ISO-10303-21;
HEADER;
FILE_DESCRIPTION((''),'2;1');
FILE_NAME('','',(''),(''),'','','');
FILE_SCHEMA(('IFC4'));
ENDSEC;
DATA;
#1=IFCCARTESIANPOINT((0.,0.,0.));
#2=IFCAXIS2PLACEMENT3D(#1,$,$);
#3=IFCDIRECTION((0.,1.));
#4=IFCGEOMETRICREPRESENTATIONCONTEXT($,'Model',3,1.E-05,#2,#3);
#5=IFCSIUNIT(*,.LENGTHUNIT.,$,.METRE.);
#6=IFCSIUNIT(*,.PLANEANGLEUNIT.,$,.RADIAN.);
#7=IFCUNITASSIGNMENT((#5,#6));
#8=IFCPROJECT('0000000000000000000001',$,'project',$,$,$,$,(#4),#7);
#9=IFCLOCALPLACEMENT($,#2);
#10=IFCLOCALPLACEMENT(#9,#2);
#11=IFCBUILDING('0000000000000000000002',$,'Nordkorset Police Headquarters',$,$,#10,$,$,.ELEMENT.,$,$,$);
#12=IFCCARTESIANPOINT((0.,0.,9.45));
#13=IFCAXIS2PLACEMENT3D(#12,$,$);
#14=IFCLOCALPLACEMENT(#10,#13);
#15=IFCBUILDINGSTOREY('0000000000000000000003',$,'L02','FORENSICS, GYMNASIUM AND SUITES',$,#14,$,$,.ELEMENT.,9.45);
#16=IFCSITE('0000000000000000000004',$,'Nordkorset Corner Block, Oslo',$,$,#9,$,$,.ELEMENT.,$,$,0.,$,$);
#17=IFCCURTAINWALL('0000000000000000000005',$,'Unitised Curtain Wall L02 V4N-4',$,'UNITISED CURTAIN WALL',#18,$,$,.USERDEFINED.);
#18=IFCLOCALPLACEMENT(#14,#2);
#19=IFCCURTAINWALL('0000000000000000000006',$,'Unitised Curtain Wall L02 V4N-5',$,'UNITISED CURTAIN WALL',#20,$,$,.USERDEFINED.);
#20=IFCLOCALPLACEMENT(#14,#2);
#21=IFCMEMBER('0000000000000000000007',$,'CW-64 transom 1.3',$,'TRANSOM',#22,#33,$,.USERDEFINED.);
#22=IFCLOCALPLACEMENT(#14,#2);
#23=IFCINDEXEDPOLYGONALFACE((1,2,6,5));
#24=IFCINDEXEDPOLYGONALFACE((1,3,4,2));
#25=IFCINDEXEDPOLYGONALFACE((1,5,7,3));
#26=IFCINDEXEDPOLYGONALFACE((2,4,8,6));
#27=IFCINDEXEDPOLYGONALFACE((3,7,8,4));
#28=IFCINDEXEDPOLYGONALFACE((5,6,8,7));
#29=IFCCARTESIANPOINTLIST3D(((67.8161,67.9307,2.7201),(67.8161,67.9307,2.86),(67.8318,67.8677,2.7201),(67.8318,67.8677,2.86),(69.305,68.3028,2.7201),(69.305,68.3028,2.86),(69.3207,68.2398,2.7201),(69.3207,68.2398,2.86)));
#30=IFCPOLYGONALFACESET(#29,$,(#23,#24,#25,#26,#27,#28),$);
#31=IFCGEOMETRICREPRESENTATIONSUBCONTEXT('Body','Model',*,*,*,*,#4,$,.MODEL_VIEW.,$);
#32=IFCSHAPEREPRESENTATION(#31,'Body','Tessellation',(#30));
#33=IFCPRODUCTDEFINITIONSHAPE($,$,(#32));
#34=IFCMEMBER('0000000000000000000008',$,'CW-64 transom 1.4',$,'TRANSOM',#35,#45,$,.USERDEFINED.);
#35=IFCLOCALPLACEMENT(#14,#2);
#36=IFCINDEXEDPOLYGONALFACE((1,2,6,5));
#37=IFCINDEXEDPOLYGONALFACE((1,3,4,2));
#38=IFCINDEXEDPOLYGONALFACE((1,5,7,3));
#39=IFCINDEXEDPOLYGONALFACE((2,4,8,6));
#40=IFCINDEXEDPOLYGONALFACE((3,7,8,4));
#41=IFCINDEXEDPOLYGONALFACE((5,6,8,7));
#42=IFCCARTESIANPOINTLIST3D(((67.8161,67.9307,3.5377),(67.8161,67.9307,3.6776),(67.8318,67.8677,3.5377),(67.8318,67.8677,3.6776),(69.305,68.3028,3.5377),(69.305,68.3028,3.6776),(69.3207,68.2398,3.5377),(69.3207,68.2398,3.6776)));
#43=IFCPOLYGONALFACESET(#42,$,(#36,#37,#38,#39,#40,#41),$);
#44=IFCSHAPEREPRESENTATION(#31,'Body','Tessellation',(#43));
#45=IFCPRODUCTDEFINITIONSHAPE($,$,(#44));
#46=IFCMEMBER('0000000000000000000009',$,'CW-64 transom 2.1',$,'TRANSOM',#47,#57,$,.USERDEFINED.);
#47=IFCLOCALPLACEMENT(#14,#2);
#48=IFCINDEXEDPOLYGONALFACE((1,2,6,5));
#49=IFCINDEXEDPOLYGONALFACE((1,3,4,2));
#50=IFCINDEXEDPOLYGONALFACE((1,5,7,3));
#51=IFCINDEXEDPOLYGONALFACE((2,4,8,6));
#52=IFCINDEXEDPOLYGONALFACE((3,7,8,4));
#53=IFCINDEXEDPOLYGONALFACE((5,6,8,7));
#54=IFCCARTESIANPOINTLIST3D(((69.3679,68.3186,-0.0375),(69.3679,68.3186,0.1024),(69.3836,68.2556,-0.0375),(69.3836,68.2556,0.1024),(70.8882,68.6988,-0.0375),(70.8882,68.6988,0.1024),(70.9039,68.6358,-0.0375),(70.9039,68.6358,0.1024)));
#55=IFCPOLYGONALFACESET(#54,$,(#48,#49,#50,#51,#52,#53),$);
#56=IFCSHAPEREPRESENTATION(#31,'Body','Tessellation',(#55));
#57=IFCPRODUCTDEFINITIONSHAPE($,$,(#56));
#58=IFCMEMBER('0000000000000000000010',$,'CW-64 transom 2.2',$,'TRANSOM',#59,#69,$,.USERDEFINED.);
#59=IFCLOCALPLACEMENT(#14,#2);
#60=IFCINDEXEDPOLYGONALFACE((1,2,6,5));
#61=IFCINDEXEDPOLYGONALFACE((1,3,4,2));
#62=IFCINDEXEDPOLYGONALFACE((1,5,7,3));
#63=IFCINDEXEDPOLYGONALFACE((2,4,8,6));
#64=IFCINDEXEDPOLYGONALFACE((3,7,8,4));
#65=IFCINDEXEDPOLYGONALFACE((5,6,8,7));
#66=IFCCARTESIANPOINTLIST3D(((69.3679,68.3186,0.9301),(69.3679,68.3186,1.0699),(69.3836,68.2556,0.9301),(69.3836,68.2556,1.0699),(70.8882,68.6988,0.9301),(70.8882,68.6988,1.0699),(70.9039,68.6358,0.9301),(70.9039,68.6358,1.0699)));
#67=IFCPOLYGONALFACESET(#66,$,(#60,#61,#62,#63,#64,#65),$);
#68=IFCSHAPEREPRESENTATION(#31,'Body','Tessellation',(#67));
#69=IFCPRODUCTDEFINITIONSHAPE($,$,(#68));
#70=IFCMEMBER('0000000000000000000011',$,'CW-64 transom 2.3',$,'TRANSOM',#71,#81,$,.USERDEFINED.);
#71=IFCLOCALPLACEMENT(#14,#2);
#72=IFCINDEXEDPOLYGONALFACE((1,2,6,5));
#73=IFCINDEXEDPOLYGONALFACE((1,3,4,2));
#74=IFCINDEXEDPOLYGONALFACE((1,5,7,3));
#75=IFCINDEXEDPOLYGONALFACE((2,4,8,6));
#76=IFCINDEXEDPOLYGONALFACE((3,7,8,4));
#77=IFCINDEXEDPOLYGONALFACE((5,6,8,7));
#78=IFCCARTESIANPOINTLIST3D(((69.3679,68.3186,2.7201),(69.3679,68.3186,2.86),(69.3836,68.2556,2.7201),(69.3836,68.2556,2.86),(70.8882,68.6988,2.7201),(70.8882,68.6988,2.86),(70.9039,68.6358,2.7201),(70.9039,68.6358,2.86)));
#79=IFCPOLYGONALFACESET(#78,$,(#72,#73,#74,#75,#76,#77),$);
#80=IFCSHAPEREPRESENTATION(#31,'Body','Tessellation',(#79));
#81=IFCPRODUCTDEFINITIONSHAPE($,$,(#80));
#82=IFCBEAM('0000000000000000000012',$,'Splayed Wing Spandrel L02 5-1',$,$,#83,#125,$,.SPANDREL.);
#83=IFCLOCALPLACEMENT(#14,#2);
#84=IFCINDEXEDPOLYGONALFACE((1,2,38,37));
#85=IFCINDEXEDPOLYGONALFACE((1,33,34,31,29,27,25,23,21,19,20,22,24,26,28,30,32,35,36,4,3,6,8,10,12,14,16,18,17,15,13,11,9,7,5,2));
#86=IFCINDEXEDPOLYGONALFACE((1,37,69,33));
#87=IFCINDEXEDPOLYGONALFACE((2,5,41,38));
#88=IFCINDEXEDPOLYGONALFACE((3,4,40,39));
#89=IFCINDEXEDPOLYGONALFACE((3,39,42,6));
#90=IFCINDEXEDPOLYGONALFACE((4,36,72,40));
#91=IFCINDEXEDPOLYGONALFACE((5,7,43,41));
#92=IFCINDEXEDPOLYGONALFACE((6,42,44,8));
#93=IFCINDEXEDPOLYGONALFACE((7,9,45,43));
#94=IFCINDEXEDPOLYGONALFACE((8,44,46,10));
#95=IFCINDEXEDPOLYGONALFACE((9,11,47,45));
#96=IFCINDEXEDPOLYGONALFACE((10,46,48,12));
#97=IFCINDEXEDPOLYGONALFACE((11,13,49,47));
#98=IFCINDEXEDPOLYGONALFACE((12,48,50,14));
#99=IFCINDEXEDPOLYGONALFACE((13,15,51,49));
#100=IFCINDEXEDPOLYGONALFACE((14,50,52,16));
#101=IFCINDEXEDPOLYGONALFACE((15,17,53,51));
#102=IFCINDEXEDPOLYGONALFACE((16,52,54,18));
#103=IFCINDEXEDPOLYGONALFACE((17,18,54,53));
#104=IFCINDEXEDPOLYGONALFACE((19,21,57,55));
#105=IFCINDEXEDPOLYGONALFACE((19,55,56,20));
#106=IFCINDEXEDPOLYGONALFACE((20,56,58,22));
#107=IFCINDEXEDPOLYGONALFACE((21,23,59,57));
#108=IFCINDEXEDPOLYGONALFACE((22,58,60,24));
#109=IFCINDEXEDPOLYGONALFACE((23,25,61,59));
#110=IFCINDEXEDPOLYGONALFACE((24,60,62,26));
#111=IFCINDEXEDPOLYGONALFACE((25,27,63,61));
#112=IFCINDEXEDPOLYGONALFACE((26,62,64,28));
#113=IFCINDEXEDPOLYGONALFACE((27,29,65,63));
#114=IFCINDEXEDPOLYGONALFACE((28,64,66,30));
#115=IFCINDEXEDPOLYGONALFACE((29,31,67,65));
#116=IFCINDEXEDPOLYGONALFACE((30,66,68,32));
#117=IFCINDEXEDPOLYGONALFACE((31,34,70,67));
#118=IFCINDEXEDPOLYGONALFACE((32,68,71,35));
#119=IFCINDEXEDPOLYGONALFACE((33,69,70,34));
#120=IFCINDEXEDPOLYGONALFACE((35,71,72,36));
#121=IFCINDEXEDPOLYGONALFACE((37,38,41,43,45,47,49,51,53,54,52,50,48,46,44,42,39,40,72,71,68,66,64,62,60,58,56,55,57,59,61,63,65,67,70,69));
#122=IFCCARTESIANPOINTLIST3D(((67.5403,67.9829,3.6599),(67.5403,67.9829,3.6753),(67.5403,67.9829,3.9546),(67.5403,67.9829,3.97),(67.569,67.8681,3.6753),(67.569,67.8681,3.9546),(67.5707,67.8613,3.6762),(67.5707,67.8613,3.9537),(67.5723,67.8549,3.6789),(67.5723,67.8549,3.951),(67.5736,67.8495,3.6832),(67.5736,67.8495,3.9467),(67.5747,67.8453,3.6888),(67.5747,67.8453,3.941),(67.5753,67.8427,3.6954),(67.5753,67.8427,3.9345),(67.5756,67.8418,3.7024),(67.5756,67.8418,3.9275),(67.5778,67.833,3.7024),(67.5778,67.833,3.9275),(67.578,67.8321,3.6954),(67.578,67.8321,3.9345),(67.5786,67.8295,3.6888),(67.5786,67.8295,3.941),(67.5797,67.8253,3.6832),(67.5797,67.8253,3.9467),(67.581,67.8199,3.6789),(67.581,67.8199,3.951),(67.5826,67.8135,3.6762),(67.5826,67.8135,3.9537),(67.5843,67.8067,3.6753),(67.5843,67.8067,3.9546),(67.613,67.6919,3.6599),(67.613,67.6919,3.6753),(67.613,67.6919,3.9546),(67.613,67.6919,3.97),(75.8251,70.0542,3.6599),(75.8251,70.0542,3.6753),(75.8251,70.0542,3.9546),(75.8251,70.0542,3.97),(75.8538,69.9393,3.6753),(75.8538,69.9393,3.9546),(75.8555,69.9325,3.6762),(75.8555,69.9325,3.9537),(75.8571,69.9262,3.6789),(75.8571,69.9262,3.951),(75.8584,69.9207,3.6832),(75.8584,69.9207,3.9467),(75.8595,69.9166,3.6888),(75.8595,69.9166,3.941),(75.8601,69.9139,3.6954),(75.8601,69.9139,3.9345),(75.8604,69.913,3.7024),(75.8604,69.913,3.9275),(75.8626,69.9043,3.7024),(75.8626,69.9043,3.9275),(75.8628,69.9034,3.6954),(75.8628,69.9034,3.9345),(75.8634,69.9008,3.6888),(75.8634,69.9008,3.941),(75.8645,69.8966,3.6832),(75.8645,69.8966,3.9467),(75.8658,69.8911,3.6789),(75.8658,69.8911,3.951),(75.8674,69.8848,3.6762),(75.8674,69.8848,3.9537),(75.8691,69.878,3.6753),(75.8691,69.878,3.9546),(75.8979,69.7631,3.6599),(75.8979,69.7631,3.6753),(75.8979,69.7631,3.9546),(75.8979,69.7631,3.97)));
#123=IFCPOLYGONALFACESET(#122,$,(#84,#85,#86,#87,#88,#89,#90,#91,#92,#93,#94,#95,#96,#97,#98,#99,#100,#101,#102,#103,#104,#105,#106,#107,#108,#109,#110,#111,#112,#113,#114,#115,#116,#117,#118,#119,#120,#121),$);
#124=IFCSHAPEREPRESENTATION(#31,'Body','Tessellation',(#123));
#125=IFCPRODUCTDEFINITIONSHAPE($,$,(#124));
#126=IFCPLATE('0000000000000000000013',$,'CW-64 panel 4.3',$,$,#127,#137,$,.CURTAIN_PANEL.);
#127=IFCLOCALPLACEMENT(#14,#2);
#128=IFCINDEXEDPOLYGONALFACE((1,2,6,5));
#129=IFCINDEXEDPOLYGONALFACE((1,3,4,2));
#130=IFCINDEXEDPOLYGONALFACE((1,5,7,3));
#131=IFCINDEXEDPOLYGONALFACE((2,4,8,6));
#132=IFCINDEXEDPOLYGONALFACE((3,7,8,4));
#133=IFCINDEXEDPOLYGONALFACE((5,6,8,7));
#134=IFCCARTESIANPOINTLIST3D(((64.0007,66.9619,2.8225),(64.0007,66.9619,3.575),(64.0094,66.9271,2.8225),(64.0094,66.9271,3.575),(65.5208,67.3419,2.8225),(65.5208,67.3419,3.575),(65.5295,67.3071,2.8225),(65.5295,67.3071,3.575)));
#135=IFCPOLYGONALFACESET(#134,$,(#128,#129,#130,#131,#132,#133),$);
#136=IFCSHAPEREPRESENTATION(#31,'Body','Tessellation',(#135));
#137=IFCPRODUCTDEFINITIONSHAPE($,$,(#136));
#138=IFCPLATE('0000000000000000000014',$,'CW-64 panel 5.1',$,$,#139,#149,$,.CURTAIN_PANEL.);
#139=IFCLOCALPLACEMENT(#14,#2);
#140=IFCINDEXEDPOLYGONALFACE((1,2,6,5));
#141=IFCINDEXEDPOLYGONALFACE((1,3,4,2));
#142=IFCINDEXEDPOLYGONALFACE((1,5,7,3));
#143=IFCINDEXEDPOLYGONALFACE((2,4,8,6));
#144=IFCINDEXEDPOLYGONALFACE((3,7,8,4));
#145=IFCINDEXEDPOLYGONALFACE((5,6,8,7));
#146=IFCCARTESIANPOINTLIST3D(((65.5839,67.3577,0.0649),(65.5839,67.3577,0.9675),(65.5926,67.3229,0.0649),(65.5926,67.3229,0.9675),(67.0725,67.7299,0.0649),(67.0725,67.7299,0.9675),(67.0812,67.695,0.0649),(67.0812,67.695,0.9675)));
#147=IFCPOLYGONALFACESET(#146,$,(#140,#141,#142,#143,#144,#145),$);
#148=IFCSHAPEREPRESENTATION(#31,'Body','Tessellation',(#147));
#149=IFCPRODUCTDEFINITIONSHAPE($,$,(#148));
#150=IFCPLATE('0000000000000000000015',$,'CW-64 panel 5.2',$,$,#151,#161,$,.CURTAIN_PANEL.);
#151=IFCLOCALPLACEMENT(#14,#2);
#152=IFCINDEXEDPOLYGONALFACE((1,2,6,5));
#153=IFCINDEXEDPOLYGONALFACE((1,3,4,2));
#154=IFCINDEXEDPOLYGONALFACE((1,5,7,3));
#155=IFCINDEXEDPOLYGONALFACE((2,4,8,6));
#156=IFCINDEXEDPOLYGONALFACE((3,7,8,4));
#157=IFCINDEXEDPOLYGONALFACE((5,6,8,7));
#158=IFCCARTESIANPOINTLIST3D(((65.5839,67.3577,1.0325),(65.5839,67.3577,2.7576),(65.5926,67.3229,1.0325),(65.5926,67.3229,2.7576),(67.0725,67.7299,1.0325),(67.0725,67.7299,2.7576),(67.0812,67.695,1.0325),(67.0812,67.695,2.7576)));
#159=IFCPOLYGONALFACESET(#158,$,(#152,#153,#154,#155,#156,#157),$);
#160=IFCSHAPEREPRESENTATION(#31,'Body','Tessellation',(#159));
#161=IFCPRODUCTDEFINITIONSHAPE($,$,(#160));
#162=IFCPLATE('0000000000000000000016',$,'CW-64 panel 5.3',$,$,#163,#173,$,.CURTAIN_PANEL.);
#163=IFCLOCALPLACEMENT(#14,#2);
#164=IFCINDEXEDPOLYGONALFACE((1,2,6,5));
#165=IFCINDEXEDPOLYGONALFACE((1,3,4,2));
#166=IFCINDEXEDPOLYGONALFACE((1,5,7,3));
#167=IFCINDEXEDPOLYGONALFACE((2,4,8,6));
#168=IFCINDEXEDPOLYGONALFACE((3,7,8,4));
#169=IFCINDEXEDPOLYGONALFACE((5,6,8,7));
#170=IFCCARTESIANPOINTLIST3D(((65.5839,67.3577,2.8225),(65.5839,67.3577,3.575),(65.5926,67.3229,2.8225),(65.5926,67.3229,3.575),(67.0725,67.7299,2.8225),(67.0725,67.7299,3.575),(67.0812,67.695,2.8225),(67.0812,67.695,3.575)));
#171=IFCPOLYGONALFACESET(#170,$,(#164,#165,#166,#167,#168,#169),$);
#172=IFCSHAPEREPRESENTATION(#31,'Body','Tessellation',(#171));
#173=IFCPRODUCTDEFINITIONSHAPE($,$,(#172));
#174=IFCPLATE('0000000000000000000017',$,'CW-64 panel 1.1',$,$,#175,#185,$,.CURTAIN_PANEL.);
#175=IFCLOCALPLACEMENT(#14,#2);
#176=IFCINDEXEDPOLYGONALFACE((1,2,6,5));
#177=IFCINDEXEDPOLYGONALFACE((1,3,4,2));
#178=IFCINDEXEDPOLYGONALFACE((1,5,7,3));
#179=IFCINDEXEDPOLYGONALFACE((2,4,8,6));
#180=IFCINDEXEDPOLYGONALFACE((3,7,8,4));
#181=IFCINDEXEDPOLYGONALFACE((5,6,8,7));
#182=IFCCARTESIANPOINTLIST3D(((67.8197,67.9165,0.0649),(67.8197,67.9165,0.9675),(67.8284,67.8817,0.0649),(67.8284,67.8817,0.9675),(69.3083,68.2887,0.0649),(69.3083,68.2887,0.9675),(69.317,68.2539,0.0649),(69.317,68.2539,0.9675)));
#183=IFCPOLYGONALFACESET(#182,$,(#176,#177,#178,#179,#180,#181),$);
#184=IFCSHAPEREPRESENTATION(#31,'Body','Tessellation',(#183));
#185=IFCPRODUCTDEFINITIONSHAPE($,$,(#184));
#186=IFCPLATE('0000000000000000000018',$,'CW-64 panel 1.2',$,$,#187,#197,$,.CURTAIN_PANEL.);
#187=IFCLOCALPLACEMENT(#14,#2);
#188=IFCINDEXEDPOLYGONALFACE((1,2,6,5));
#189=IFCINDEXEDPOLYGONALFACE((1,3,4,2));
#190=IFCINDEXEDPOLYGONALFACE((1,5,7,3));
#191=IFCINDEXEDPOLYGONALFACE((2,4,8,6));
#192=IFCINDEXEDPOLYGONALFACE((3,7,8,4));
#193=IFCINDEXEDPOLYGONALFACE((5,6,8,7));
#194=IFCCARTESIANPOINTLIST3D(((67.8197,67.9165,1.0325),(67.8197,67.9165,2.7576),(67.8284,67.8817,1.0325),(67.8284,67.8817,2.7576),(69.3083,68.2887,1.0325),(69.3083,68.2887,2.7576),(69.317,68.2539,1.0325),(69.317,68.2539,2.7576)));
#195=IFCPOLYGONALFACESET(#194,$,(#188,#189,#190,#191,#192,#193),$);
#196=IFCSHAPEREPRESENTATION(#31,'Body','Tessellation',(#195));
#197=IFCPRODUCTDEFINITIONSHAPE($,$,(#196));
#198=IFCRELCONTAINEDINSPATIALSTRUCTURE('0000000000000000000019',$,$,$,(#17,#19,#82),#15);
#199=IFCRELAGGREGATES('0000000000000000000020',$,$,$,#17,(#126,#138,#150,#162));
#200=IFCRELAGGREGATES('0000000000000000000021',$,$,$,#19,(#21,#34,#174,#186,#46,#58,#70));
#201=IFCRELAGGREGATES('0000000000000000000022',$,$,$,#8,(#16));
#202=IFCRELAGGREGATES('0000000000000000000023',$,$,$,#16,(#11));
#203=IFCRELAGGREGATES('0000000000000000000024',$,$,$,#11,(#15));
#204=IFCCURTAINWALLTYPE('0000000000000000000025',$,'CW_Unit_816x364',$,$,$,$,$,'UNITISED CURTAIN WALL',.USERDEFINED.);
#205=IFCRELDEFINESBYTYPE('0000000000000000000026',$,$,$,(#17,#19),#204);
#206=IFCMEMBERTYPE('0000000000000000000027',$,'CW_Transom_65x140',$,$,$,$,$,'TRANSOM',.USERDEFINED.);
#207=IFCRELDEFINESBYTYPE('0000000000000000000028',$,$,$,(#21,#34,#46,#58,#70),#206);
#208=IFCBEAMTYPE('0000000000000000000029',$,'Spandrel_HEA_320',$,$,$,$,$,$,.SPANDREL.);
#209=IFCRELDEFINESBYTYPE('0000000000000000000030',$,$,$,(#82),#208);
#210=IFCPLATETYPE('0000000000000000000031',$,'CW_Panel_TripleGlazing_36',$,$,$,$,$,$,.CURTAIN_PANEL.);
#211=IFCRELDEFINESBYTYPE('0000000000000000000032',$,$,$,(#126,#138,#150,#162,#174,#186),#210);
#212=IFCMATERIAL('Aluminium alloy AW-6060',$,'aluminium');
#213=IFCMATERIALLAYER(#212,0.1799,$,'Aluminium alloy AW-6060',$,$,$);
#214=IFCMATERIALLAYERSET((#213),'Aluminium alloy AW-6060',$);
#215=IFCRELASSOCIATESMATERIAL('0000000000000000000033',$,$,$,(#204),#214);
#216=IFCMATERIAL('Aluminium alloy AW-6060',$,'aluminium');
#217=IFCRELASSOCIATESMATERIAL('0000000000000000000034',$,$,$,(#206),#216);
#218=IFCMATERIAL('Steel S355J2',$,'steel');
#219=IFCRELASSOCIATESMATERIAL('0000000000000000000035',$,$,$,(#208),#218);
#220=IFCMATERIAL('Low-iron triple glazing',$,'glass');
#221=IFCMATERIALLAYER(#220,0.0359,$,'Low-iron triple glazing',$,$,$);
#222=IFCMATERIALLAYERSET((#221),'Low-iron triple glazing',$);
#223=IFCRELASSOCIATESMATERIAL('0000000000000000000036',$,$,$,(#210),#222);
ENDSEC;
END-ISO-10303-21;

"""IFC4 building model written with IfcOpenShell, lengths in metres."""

from ifc_helpers import new_model, si_unit, direction, frame, origin, origin_2d, place, context, subcontext, project, spatial, rectangle, i_section, extrude, material, layer, layer_set, material_profile, profile_set, type_object, element, aggregate, save


model = new_model("IFC4")

# Units and contexts
model_context = context("Model", 3, precision=1e-05, world=origin(), true_north=direction((0.0, 1.0)))
body_context = subcontext(model_context, "Body", "Model", "MODEL_VIEW")
ifc_project = project(units=[si_unit("LENGTHUNIT", "METRE"), si_unit("PLANEANGLEUNIT", "RADIAN")], contexts=[model_context])

# Site, building, storey
site_placement = place(None, origin())
site = spatial("IfcSite", under=ifc_project, at=site_placement, Name="Nordkorset Corner Block, Oslo", CompositionType="ELEMENT", RefElevation=0.0)
building_placement = place(site_placement, origin())
building = spatial("IfcBuilding", under=site, at=building_placement, Name="Nordkorset Police Headquarters", CompositionType="ELEMENT")
storey_placement = place(building_placement, frame((0.0, 0.0, 9.45)))
storey = spatial("IfcBuildingStorey", under=building, at=storey_placement, Name="L02", Description="FORENSICS, GYMNASIUM AND SUITES", CompositionType="ELEMENT", Elevation=9.45)

# Curtain walls
ifc_material_1 = material(Name="Aluminium alloy AW-6060", Category="aluminium")
ifc_layer_1 = layer(ifc_material_1, 0.1799, Name="Aluminium alloy AW-6060")
ifc_layer_set_1 = layer_set([ifc_layer_1], Name="Aluminium alloy AW-6060")
curtain_wall_type = type_object("IfcCurtainWallType", Name="CW_Unit_816x364", ElementType="UNITISED CURTAIN WALL", PredefinedType="USERDEFINED", material=ifc_layer_set_1)
curtain_wall_1_placement = place(storey_placement, origin())
curtain_wall_1 = element("IfcCurtainWall", 1, at=curtain_wall_1_placement, inside=storey, type_object=curtain_wall_type, Name="Unitised Curtain Wall L02 V4N-4", ObjectType="UNITISED CURTAIN WALL", PredefinedType="USERDEFINED")
curtain_wall_2_placement = place(storey_placement, origin())
curtain_wall_2 = element("IfcCurtainWall", 2, at=curtain_wall_2_placement, inside=storey, type_object=curtain_wall_type, Name="Unitised Curtain Wall L02 V4N-5", ObjectType="UNITISED CURTAIN WALL", PredefinedType="USERDEFINED")

# Members
ifc_material_2 = material(Name="Aluminium alloy AW-6060", Category="aluminium")
ifc_material_profile_1 = material_profile(ifc_material_2, rectangle(XDim=0.0649, YDim=0.1399, at=origin_2d()), Name="ALU TRAN 65x140")
ifc_profile_set_1 = profile_set([ifc_material_profile_1], Name="Aluminium alloy AW-6060")
member_type_1 = type_object("IfcMemberType", Name="CW_Transom_65x140", ElementType="TRANSOM", PredefinedType="USERDEFINED", material=ifc_profile_set_1)
member_1_placement = place(storey_placement, frame((67.824, 67.8992, 2.79), z_axis=(0.970161, 0.242461, 0.0), x_axis=(-0.242461, 0.970161, 0.0)))
member_1 = element("IfcMember", 3, at=member_1_placement, type_object=member_type_1, Name="CW-64 transom 1.3", ObjectType="TRANSOM", PredefinedType="USERDEFINED", context=body_context, shape_type="SweptSolid", body=[
    extrude(rectangle(XDim=0.0649, YDim=0.1399, at=origin_2d()), origin(), (0.0, 0.0, 1.0), 1.5347),
])
member_2_placement = place(storey_placement, frame((67.824, 67.8992, 3.6077), z_axis=(0.970161, 0.242461, 0.0), x_axis=(-0.242461, 0.970161, 0.0)))
member_2 = element("IfcMember", 4, at=member_2_placement, type_object=member_type_1, Name="CW-64 transom 1.4", ObjectType="TRANSOM", PredefinedType="USERDEFINED", context=body_context, shape_type="SweptSolid", body=[
    extrude(rectangle(XDim=0.0649, YDim=0.1399, at=origin_2d()), origin(), (0.0, 0.0, 1.0), 1.5347),
])
member_3_placement = place(storey_placement, frame((69.3757, 68.2871, 0.0325), z_axis=(0.970133, 0.242572, 0.0), x_axis=(-0.242572, 0.970133, 0.0)))
member_3 = element("IfcMember", 5, at=member_3_placement, type_object=member_type_1, Name="CW-64 transom 2.1", ObjectType="TRANSOM", PredefinedType="USERDEFINED", context=body_context, shape_type="SweptSolid", body=[
    extrude(rectangle(XDim=0.0649, YDim=0.1399, at=origin_2d()), origin(), (0.0, 0.0, 1.0), 1.5671),
])
member_4_placement = place(storey_placement, frame((69.3757, 68.2871, 1.0), z_axis=(0.970133, 0.242572, 0.0), x_axis=(-0.242572, 0.970133, 0.0)))
member_4 = element("IfcMember", 6, at=member_4_placement, type_object=member_type_1, Name="CW-64 transom 2.2", ObjectType="TRANSOM", PredefinedType="USERDEFINED", context=body_context, shape_type="SweptSolid", body=[
    extrude(rectangle(XDim=0.0649, YDim=0.1399, at=origin_2d()), origin(), (0.0, 0.0, 1.0), 1.5671),
])
member_5_placement = place(storey_placement, frame((69.3757, 68.2871, 2.79), z_axis=(0.970133, 0.242572, 0.0), x_axis=(-0.242572, 0.970133, 0.0)))
member_5 = element("IfcMember", 7, at=member_5_placement, type_object=member_type_1, Name="CW-64 transom 2.3", ObjectType="TRANSOM", PredefinedType="USERDEFINED", context=body_context, shape_type="SweptSolid", body=[
    extrude(rectangle(XDim=0.0649, YDim=0.1399, at=origin_2d()), origin(), (0.0, 0.0, 1.0), 1.5671),
])

# Beam
ifc_material_3 = material(Name="Steel S355J2", Category="steel")
ifc_material_profile_2 = material_profile(ifc_material_3, i_section(OverallWidth=0.3, OverallDepth=0.3101, WebThickness=0.009, FlangeThickness=0.0154, FilletRadius=0.0271, at=origin_2d()), Name="HEA 320")
ifc_profile_set_2 = profile_set([ifc_material_profile_2], Name="Steel S355J2")
beam_type = type_object("IfcBeamType", Name="Spandrel_HEA_320", PredefinedType="SPANDREL", material=ifc_profile_set_2)
beam_placement = place(storey_placement, frame((67.5767, 67.8374, 3.8149), z_axis=(0.970141, 0.242542, 0.0), x_axis=(-0.242542, 0.970141, 0.0)))
element("IfcBeam", 8, at=beam_placement, inside=storey, type_object=beam_type, Name="Splayed Wing Spandrel L02 5-1", PredefinedType="SPANDREL", context=body_context, shape_type="SweptSolid", body=[
    extrude(i_section(OverallWidth=0.3, OverallDepth=0.3101, WebThickness=0.009, FlangeThickness=0.0154, FilletRadius=0.0271, at=origin_2d()), origin(), (0.0, 0.0, 1.0), 8.5398),
])

# Plates
ifc_material_4 = material(Name="Low-iron triple glazing", Category="glass")
ifc_layer_2 = layer(ifc_material_4, 0.0359, Name="Low-iron triple glazing")
ifc_layer_set_2 = layer_set([ifc_layer_2], Name="Low-iron triple glazing")
plate_type = type_object("IfcPlateType", Name="CW_Panel_TripleGlazing_36", PredefinedType="CURTAIN_PANEL", material=ifc_layer_set_2)
plate_1_placement = place(storey_placement, frame((64.7651, 67.1345, 2.8225), z_axis=(0.0, 0.0, 1.0), x_axis=(0.970143, 0.242535, 0.0)))
plate_1 = element("IfcPlate", 9, at=plate_1_placement, type_object=plate_type, Name="CW-64 panel 4.3", PredefinedType="CURTAIN_PANEL", context=body_context, shape_type="SweptSolid", body=[
    extrude(rectangle(XDim=1.5669, YDim=0.0359, at=origin_2d()), origin(), (0.0, 0.0, 1.0), 0.7524),
])
plate_2_placement = place(storey_placement, frame((66.3325, 67.5264, 0.0649), z_axis=(0.0, 0.0, 1.0), x_axis=(0.970143, 0.242535, 0.0)))
plate_2 = element("IfcPlate", 10, at=plate_2_placement, type_object=plate_type, Name="CW-64 panel 5.1", PredefinedType="CURTAIN_PANEL", context=body_context, shape_type="SweptSolid", body=[
    extrude(rectangle(XDim=1.5344, YDim=0.0359, at=origin_2d()), origin(), (0.0, 0.0, 1.0), 0.9026),
])
plate_3_placement = place(storey_placement, frame((66.3325, 67.5264, 1.0325), z_axis=(0.0, 0.0, 1.0), x_axis=(0.970143, 0.242535, 0.0)))
plate_3 = element("IfcPlate", 11, at=plate_3_placement, type_object=plate_type, Name="CW-64 panel 5.2", PredefinedType="CURTAIN_PANEL", context=body_context, shape_type="SweptSolid", body=[
    extrude(rectangle(XDim=1.5344, YDim=0.0359, at=origin_2d()), origin(), (0.0, 0.0, 1.0), 1.7251),
])
plate_4_placement = place(storey_placement, frame((66.3325, 67.5264, 2.8225), z_axis=(0.0, 0.0, 1.0), x_axis=(0.970143, 0.242535, 0.0)))
plate_4 = element("IfcPlate", 12, at=plate_4_placement, type_object=plate_type, Name="CW-64 panel 5.3", PredefinedType="CURTAIN_PANEL", context=body_context, shape_type="SweptSolid", body=[
    extrude(rectangle(XDim=1.5344, YDim=0.0359, at=origin_2d()), origin(), (0.0, 0.0, 1.0), 0.7524),
])
aggregate(curtain_wall_1, [plate_1, plate_2, plate_3, plate_4])
plate_5_placement = place(storey_placement, frame((68.5684, 68.0852, 0.0649), z_axis=(0.0, 0.0, 1.0), x_axis=(0.970143, 0.242536, 0.0)))
plate_5 = element("IfcPlate", 13, at=plate_5_placement, type_object=plate_type, Name="CW-64 panel 1.1", PredefinedType="CURTAIN_PANEL", context=body_context, shape_type="SweptSolid", body=[
    extrude(rectangle(XDim=1.5344, YDim=0.0359, at=origin_2d()), origin(), (0.0, 0.0, 1.0), 0.9026),
])
plate_6_placement = place(storey_placement, frame((68.5684, 68.0852, 1.0325), z_axis=(0.0, 0.0, 1.0), x_axis=(0.970143, 0.242536, 0.0)))
plate_6 = element("IfcPlate", 14, at=plate_6_placement, type_object=plate_type, Name="CW-64 panel 1.2", PredefinedType="CURTAIN_PANEL", context=body_context, shape_type="SweptSolid", body=[
    extrude(rectangle(XDim=1.5344, YDim=0.0359, at=origin_2d()), origin(), (0.0, 0.0, 1.0), 1.7251),
])
aggregate(curtain_wall_2, [member_1, member_2, plate_5, plate_6, member_3, member_4, member_5])

save(model, "model.ifc")
